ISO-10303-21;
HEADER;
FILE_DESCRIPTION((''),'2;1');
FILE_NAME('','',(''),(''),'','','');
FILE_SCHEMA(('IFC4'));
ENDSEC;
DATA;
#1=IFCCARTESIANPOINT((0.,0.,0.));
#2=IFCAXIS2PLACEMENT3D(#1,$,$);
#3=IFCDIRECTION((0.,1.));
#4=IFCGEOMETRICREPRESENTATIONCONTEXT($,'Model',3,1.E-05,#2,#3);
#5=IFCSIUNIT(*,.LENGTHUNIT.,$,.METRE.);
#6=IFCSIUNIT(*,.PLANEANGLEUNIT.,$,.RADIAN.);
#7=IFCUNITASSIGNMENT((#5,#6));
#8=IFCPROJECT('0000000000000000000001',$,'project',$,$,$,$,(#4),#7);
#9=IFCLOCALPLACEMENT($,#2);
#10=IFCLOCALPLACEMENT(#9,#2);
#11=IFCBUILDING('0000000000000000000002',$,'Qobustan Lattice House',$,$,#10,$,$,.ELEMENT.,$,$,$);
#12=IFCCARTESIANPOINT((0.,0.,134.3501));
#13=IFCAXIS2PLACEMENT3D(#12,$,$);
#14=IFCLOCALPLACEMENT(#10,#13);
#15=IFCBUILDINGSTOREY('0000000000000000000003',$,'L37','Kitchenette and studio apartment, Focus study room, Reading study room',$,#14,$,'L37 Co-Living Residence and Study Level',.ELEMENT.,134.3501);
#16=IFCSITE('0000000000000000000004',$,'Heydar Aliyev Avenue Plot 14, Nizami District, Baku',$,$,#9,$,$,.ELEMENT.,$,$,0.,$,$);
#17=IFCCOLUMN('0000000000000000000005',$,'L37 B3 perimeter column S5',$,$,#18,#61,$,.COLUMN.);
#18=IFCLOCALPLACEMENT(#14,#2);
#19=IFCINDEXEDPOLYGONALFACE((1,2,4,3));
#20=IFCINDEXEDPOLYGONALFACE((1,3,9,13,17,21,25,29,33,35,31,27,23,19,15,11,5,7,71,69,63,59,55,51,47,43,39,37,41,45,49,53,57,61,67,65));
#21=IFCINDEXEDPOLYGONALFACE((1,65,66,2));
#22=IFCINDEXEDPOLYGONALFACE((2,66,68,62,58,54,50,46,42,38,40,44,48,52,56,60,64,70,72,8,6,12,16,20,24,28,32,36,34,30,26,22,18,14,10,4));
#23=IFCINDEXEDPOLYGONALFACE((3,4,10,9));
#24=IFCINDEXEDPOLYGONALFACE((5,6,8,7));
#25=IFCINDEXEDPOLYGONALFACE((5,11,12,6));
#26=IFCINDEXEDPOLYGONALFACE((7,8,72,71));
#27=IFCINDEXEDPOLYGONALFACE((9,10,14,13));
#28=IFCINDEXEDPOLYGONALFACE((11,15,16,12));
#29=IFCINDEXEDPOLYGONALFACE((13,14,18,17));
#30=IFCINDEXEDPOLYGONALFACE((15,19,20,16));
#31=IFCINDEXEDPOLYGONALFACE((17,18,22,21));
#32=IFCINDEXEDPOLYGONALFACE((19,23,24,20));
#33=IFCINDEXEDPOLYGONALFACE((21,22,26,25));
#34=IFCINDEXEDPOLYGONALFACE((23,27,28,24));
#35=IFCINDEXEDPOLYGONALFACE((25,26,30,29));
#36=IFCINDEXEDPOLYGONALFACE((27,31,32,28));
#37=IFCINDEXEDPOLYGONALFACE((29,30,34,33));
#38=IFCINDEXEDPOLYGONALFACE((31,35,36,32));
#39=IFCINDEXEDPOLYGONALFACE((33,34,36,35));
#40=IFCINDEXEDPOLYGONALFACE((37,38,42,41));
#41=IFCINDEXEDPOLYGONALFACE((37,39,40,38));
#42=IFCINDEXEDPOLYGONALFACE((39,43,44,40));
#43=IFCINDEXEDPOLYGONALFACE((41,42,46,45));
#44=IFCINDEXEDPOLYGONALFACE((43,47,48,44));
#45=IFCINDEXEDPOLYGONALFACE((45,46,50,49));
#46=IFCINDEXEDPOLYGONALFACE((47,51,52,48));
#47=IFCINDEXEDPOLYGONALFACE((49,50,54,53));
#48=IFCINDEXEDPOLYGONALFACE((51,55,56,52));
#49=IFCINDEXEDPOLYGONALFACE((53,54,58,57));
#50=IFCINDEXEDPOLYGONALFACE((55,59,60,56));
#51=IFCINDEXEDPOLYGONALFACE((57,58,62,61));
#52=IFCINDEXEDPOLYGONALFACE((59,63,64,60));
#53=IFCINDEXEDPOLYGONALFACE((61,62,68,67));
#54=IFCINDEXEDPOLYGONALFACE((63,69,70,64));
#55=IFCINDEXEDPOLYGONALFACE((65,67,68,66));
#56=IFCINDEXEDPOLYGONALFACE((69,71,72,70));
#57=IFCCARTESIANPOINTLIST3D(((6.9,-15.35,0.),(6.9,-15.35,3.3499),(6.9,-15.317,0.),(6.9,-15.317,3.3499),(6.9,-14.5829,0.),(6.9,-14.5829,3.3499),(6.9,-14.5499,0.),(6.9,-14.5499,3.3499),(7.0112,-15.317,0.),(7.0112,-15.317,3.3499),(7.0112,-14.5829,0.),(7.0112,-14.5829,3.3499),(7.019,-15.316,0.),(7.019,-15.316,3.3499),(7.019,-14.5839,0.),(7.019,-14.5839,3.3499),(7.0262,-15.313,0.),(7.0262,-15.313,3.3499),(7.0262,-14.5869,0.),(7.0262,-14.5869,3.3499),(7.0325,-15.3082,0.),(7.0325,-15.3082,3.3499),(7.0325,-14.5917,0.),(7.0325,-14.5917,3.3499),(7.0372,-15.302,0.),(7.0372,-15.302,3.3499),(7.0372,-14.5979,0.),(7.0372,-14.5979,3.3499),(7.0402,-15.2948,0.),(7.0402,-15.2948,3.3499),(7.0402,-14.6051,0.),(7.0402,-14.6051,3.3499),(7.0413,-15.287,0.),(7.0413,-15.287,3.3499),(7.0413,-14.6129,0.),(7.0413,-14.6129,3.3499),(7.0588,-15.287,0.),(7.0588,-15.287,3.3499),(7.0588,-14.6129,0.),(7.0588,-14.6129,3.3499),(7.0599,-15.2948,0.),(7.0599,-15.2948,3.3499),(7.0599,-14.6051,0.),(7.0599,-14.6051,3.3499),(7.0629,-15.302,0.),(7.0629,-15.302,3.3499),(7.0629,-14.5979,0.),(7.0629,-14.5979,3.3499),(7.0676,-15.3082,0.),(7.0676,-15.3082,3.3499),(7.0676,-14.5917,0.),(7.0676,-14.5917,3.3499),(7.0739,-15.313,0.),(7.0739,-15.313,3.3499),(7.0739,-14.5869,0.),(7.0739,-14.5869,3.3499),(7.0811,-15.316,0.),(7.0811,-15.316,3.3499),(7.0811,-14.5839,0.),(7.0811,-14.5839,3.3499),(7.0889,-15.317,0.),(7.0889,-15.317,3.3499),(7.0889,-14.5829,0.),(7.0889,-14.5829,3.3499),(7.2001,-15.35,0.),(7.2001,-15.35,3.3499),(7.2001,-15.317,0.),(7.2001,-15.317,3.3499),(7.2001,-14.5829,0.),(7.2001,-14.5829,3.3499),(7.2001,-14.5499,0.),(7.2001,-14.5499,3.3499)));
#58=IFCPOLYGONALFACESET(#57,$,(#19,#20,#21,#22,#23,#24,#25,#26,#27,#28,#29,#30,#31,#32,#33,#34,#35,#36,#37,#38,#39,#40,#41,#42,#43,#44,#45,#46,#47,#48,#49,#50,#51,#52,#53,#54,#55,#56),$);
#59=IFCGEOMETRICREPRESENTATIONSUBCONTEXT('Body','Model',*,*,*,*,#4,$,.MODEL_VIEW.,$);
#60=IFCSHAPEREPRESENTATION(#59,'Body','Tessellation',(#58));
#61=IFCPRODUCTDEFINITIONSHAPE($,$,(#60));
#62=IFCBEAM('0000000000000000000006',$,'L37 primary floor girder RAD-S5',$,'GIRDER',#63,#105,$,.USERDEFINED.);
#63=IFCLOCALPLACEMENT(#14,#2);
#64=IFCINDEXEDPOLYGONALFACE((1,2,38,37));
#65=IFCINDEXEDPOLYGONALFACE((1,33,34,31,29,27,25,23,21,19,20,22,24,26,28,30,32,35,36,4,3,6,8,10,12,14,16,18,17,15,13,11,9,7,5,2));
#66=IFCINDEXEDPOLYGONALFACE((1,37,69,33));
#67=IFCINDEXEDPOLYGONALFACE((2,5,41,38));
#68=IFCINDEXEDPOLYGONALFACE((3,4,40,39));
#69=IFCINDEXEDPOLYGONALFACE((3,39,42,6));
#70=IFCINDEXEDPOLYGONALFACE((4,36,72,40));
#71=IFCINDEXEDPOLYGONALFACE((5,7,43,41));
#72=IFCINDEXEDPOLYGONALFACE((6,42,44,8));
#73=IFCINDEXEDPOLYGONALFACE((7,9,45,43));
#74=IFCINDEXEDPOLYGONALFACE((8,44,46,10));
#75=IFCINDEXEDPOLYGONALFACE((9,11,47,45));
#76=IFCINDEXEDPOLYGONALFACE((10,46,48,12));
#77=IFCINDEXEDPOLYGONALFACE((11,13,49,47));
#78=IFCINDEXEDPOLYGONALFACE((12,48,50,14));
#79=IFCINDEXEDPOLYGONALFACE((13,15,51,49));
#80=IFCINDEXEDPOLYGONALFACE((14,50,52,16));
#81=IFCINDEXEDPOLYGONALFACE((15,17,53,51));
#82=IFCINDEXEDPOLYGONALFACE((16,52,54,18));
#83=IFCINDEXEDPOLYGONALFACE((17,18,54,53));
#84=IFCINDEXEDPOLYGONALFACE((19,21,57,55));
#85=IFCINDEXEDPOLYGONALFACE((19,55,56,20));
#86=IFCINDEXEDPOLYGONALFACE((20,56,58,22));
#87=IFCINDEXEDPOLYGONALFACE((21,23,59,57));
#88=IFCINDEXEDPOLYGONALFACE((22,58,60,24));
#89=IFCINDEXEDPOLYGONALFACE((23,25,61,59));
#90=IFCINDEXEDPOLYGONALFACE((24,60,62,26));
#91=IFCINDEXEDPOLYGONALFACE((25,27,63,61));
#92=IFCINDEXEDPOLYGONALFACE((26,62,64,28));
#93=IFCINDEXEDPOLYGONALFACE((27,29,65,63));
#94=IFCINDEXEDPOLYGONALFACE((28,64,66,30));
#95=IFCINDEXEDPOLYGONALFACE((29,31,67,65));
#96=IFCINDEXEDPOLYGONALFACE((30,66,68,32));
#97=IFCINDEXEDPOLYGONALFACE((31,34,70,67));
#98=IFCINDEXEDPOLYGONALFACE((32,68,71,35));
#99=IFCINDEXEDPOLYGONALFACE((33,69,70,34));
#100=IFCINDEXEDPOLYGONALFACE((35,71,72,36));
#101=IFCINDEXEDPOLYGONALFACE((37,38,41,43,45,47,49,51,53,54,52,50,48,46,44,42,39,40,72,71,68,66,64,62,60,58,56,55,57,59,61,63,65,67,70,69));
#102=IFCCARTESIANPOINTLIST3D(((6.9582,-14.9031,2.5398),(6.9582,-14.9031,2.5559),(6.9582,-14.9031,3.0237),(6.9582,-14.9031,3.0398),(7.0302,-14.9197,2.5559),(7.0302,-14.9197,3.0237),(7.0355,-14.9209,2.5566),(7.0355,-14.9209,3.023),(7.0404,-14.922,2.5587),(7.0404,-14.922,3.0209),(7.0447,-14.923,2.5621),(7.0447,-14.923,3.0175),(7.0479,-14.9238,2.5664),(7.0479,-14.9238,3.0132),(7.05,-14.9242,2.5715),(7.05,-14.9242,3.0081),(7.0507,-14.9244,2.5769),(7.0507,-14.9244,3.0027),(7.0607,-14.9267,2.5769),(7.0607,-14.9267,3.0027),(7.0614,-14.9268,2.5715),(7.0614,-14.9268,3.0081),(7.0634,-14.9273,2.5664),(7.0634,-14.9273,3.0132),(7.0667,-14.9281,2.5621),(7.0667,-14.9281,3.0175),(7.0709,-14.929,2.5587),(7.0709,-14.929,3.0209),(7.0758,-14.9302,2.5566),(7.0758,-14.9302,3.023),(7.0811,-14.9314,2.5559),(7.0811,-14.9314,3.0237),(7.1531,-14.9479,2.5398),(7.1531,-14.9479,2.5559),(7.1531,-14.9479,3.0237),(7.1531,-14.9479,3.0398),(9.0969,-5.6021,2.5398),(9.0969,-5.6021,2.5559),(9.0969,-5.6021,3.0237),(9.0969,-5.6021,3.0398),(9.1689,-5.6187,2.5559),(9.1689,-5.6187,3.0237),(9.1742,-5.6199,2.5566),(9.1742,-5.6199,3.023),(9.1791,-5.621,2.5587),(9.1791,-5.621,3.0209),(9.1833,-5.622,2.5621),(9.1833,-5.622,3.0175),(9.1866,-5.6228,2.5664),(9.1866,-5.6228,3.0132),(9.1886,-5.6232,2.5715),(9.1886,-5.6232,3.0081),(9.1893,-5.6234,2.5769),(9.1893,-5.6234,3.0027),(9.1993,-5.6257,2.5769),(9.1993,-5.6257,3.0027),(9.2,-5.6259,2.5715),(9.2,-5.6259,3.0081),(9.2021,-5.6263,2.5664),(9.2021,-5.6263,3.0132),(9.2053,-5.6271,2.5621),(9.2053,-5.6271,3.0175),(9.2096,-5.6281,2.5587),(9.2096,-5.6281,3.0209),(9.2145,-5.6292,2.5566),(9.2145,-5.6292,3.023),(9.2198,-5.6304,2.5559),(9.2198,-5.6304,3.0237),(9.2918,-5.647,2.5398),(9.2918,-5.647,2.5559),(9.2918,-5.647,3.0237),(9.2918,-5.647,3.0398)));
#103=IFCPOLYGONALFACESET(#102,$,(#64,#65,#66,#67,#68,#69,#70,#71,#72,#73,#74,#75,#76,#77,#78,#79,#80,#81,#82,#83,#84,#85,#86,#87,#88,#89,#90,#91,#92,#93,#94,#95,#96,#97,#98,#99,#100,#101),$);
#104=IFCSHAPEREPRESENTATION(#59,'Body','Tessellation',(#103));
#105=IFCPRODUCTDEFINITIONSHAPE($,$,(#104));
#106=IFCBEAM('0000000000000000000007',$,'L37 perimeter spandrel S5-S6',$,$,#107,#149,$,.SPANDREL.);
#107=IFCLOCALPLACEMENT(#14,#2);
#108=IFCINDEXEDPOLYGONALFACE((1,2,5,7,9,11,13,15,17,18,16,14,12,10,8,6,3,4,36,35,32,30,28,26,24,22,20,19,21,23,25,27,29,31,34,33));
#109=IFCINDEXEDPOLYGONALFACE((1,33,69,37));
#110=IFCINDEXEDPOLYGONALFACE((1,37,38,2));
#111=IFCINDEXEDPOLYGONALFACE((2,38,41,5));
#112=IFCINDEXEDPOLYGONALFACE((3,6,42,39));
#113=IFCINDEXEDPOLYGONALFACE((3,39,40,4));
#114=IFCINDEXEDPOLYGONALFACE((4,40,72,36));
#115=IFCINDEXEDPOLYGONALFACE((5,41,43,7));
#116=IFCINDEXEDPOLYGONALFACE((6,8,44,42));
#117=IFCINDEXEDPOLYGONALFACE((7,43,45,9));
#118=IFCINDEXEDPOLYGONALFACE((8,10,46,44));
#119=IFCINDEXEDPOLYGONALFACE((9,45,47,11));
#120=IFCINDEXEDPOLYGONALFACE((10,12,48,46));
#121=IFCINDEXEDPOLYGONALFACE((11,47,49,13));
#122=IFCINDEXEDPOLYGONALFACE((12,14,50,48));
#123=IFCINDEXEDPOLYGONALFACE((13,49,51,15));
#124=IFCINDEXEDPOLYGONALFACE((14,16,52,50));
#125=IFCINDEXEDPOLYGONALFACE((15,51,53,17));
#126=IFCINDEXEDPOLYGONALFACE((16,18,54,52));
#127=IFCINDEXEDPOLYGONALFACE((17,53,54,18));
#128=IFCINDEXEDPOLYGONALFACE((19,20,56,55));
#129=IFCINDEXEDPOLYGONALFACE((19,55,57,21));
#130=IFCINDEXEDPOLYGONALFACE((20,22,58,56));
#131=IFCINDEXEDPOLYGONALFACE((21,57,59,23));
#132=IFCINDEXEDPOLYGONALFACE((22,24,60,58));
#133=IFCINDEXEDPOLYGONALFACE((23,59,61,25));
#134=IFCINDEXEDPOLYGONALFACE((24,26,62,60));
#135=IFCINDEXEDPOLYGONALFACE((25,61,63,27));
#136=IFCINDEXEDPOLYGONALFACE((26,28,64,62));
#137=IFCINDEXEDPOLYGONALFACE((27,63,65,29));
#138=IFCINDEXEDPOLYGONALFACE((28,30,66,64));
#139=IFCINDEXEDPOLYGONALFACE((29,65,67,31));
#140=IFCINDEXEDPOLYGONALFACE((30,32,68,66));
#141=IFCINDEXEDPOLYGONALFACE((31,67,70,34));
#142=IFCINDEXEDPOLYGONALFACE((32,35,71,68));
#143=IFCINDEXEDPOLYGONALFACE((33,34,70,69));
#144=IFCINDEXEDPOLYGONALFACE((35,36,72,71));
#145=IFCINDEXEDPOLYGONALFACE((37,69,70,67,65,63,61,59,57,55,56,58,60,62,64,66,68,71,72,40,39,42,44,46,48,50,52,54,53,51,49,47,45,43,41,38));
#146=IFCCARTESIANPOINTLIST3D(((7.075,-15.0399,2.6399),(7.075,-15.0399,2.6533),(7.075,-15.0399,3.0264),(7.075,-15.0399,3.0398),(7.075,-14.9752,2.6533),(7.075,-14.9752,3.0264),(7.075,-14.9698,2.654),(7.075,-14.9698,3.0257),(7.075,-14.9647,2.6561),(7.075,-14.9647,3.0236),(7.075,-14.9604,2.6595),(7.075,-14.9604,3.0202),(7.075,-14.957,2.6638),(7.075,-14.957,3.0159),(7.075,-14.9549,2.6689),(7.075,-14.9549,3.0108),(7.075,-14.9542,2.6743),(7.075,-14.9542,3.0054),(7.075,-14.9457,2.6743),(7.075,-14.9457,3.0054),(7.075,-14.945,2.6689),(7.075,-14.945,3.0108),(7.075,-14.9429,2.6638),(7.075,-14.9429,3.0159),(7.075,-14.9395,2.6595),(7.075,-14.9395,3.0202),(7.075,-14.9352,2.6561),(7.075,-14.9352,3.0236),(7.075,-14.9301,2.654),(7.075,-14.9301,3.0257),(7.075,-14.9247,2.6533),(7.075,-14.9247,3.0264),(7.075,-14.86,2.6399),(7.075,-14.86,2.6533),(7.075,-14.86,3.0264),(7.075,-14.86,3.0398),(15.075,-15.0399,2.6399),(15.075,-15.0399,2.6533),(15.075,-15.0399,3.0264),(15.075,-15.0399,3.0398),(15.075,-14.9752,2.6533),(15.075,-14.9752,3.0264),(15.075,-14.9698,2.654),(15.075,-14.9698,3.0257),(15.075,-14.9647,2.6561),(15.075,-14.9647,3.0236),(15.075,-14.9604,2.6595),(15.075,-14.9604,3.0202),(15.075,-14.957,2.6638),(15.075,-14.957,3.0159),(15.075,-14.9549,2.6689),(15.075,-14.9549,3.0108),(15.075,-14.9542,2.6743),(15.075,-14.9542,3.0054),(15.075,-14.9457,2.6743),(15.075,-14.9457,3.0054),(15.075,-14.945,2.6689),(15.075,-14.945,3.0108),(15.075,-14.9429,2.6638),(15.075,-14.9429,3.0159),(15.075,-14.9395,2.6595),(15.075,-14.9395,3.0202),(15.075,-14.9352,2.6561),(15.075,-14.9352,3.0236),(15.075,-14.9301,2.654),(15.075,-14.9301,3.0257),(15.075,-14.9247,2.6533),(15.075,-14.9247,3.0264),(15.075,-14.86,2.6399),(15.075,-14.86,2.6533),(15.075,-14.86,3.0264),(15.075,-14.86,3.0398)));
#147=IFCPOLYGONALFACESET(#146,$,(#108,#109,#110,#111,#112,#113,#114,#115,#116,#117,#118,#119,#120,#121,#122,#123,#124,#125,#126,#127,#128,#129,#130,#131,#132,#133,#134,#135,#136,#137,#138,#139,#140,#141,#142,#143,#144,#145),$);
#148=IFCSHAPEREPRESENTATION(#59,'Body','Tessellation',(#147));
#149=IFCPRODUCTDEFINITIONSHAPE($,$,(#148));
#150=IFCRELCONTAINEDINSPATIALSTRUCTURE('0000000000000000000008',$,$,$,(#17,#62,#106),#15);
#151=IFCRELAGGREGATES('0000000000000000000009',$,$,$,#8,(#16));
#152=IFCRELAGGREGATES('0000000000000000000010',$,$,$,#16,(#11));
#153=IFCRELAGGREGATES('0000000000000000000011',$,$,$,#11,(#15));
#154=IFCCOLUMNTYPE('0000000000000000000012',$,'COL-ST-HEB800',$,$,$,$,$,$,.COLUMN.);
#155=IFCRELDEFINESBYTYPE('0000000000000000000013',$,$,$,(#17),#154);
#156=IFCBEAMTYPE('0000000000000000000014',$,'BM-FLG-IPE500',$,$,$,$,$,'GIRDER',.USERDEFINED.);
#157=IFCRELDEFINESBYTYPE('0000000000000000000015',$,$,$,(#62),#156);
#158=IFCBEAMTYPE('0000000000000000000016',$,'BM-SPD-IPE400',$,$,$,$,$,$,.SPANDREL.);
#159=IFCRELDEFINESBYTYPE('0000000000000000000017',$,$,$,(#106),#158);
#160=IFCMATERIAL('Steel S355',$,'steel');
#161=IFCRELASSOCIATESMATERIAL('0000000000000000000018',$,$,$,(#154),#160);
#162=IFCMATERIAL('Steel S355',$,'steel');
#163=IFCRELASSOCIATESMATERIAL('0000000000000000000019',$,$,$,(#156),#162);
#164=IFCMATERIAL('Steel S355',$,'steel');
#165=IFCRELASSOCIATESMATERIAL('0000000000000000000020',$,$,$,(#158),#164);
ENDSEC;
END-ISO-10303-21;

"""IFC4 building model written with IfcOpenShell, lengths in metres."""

from ifc_helpers import new_model, si_unit, direction, frame, origin, origin_2d, place, context, subcontext, project, spatial, i_section, extrude, material, material_profile, profile_set, type_object, element, save


model = new_model("IFC4")

# Units and contexts
model_context = context("Model", 3, precision=1e-05, world=origin(), true_north=direction((0.0, 1.0)))
body_context = subcontext(model_context, "Body", "Model", "MODEL_VIEW")
ifc_project = project(units=[si_unit("LENGTHUNIT", "METRE"), si_unit("PLANEANGLEUNIT", "RADIAN")], contexts=[model_context])

# Site, building, storey
site_placement = place(None, origin())
site = spatial("IfcSite", under=ifc_project, at=site_placement, Name="Heydar Aliyev Avenue Plot 14, Nizami District, Baku", CompositionType="ELEMENT", RefElevation=0.0)
building_placement = place(site_placement, origin())
building = spatial("IfcBuilding", under=site, at=building_placement, Name="Qobustan Lattice House", CompositionType="ELEMENT")
storey_placement = place(building_placement, frame((0.0, 0.0, 134.3501)))
storey = spatial("IfcBuildingStorey", under=building, at=storey_placement, Name="L37", Description="Kitchenette and studio apartment, Focus study room, Reading study room", LongName="L37 Co-Living Residence and Study Level", CompositionType="ELEMENT", Elevation=134.3501)

# Column
ifc_material_1 = material(Name="Steel S355", Category="steel")
ifc_material_profile_1 = material_profile(ifc_material_1, i_section(OverallWidth=0.3, OverallDepth=0.8, WebThickness=0.0176, FlangeThickness=0.033, FilletRadius=0.03, at=origin_2d()), Name="HEB800")
ifc_profile_set_1 = profile_set([ifc_material_profile_1], Name="Steel S355")
column_type = type_object("IfcColumnType", Name="COL-ST-HEB800", PredefinedType="COLUMN", material=ifc_profile_set_1)
column_placement = place(storey_placement, frame((7.05, -14.95, 0.0), z_axis=(0.0, 0.0, 1.0), x_axis=(1.0, 0.0, 0.0)))
element("IfcColumn", 1, at=column_placement, inside=storey, type_object=column_type, Name="L37 B3 perimeter column S5", PredefinedType="COLUMN", context=body_context, shape_type="SweptSolid", body=[
    extrude(i_section(OverallWidth=0.3, OverallDepth=0.8, WebThickness=0.0176, FlangeThickness=0.033, FilletRadius=0.03, at=origin_2d()), origin(), (0.0, 0.0, 1.0), 3.3499),
])

# Beams
ifc_material_2 = material(Name="Steel S355", Category="steel")
ifc_material_profile_2 = material_profile(ifc_material_2, i_section(OverallWidth=0.2, OverallDepth=0.5, WebThickness=0.0103, FlangeThickness=0.0161, FilletRadius=0.021, at=origin_2d()), Name="IPE500")
ifc_profile_set_2 = profile_set([ifc_material_profile_2], Name="Steel S355")
beam_type_1 = type_object("IfcBeamType", Name="BM-FLG-IPE500", ElementType="GIRDER", PredefinedType="USERDEFINED", material=ifc_profile_set_2)
beam_1_placement = place(storey_placement, frame((7.0557, -14.9255, 2.7898), z_axis=(0.224092, 0.974568, 0.0), x_axis=(-0.974568, 0.224092, 0.0)))
element("IfcBeam", 2, at=beam_1_placement, inside=storey, type_object=beam_type_1, Name="L37 primary floor girder RAD-S5", ObjectType="GIRDER", PredefinedType="USERDEFINED", context=body_context, shape_type="SweptSolid", body=[
    extrude(i_section(OverallWidth=0.2, OverallDepth=0.5, WebThickness=0.0103, FlangeThickness=0.0161, FilletRadius=0.021, at=origin_2d()), origin(), (0.0, 0.0, 1.0), 9.5437),
])
ifc_material_3 = material(Name="Steel S355", Category="steel")
ifc_material_profile_3 = material_profile(ifc_material_3, i_section(OverallWidth=0.1799, OverallDepth=0.3999, WebThickness=0.0085, FlangeThickness=0.0134, FilletRadius=0.021, at=origin_2d()), Name="IPE400")
ifc_profile_set_3 = profile_set([ifc_material_profile_3], Name="Steel S355")
beam_type_2 = type_object("IfcBeamType", Name="BM-SPD-IPE400", PredefinedType="SPANDREL", material=ifc_profile_set_3)
beam_2_placement = place(storey_placement, frame((7.075, -14.95, 2.8398), z_axis=(1.0, 0.0, 0.0), x_axis=(0.0, 1.0, 0.0)))
element("IfcBeam", 3, at=beam_2_placement, inside=storey, type_object=beam_type_2, Name="L37 perimeter spandrel S5-S6", PredefinedType="SPANDREL", context=body_context, shape_type="SweptSolid", body=[
    extrude(i_section(OverallWidth=0.1799, OverallDepth=0.3999, WebThickness=0.0085, FlangeThickness=0.0134, FilletRadius=0.021, at=origin_2d()), origin(), (0.0, 0.0, 1.0), 8.0),
])

save(model, "model.ifc")
